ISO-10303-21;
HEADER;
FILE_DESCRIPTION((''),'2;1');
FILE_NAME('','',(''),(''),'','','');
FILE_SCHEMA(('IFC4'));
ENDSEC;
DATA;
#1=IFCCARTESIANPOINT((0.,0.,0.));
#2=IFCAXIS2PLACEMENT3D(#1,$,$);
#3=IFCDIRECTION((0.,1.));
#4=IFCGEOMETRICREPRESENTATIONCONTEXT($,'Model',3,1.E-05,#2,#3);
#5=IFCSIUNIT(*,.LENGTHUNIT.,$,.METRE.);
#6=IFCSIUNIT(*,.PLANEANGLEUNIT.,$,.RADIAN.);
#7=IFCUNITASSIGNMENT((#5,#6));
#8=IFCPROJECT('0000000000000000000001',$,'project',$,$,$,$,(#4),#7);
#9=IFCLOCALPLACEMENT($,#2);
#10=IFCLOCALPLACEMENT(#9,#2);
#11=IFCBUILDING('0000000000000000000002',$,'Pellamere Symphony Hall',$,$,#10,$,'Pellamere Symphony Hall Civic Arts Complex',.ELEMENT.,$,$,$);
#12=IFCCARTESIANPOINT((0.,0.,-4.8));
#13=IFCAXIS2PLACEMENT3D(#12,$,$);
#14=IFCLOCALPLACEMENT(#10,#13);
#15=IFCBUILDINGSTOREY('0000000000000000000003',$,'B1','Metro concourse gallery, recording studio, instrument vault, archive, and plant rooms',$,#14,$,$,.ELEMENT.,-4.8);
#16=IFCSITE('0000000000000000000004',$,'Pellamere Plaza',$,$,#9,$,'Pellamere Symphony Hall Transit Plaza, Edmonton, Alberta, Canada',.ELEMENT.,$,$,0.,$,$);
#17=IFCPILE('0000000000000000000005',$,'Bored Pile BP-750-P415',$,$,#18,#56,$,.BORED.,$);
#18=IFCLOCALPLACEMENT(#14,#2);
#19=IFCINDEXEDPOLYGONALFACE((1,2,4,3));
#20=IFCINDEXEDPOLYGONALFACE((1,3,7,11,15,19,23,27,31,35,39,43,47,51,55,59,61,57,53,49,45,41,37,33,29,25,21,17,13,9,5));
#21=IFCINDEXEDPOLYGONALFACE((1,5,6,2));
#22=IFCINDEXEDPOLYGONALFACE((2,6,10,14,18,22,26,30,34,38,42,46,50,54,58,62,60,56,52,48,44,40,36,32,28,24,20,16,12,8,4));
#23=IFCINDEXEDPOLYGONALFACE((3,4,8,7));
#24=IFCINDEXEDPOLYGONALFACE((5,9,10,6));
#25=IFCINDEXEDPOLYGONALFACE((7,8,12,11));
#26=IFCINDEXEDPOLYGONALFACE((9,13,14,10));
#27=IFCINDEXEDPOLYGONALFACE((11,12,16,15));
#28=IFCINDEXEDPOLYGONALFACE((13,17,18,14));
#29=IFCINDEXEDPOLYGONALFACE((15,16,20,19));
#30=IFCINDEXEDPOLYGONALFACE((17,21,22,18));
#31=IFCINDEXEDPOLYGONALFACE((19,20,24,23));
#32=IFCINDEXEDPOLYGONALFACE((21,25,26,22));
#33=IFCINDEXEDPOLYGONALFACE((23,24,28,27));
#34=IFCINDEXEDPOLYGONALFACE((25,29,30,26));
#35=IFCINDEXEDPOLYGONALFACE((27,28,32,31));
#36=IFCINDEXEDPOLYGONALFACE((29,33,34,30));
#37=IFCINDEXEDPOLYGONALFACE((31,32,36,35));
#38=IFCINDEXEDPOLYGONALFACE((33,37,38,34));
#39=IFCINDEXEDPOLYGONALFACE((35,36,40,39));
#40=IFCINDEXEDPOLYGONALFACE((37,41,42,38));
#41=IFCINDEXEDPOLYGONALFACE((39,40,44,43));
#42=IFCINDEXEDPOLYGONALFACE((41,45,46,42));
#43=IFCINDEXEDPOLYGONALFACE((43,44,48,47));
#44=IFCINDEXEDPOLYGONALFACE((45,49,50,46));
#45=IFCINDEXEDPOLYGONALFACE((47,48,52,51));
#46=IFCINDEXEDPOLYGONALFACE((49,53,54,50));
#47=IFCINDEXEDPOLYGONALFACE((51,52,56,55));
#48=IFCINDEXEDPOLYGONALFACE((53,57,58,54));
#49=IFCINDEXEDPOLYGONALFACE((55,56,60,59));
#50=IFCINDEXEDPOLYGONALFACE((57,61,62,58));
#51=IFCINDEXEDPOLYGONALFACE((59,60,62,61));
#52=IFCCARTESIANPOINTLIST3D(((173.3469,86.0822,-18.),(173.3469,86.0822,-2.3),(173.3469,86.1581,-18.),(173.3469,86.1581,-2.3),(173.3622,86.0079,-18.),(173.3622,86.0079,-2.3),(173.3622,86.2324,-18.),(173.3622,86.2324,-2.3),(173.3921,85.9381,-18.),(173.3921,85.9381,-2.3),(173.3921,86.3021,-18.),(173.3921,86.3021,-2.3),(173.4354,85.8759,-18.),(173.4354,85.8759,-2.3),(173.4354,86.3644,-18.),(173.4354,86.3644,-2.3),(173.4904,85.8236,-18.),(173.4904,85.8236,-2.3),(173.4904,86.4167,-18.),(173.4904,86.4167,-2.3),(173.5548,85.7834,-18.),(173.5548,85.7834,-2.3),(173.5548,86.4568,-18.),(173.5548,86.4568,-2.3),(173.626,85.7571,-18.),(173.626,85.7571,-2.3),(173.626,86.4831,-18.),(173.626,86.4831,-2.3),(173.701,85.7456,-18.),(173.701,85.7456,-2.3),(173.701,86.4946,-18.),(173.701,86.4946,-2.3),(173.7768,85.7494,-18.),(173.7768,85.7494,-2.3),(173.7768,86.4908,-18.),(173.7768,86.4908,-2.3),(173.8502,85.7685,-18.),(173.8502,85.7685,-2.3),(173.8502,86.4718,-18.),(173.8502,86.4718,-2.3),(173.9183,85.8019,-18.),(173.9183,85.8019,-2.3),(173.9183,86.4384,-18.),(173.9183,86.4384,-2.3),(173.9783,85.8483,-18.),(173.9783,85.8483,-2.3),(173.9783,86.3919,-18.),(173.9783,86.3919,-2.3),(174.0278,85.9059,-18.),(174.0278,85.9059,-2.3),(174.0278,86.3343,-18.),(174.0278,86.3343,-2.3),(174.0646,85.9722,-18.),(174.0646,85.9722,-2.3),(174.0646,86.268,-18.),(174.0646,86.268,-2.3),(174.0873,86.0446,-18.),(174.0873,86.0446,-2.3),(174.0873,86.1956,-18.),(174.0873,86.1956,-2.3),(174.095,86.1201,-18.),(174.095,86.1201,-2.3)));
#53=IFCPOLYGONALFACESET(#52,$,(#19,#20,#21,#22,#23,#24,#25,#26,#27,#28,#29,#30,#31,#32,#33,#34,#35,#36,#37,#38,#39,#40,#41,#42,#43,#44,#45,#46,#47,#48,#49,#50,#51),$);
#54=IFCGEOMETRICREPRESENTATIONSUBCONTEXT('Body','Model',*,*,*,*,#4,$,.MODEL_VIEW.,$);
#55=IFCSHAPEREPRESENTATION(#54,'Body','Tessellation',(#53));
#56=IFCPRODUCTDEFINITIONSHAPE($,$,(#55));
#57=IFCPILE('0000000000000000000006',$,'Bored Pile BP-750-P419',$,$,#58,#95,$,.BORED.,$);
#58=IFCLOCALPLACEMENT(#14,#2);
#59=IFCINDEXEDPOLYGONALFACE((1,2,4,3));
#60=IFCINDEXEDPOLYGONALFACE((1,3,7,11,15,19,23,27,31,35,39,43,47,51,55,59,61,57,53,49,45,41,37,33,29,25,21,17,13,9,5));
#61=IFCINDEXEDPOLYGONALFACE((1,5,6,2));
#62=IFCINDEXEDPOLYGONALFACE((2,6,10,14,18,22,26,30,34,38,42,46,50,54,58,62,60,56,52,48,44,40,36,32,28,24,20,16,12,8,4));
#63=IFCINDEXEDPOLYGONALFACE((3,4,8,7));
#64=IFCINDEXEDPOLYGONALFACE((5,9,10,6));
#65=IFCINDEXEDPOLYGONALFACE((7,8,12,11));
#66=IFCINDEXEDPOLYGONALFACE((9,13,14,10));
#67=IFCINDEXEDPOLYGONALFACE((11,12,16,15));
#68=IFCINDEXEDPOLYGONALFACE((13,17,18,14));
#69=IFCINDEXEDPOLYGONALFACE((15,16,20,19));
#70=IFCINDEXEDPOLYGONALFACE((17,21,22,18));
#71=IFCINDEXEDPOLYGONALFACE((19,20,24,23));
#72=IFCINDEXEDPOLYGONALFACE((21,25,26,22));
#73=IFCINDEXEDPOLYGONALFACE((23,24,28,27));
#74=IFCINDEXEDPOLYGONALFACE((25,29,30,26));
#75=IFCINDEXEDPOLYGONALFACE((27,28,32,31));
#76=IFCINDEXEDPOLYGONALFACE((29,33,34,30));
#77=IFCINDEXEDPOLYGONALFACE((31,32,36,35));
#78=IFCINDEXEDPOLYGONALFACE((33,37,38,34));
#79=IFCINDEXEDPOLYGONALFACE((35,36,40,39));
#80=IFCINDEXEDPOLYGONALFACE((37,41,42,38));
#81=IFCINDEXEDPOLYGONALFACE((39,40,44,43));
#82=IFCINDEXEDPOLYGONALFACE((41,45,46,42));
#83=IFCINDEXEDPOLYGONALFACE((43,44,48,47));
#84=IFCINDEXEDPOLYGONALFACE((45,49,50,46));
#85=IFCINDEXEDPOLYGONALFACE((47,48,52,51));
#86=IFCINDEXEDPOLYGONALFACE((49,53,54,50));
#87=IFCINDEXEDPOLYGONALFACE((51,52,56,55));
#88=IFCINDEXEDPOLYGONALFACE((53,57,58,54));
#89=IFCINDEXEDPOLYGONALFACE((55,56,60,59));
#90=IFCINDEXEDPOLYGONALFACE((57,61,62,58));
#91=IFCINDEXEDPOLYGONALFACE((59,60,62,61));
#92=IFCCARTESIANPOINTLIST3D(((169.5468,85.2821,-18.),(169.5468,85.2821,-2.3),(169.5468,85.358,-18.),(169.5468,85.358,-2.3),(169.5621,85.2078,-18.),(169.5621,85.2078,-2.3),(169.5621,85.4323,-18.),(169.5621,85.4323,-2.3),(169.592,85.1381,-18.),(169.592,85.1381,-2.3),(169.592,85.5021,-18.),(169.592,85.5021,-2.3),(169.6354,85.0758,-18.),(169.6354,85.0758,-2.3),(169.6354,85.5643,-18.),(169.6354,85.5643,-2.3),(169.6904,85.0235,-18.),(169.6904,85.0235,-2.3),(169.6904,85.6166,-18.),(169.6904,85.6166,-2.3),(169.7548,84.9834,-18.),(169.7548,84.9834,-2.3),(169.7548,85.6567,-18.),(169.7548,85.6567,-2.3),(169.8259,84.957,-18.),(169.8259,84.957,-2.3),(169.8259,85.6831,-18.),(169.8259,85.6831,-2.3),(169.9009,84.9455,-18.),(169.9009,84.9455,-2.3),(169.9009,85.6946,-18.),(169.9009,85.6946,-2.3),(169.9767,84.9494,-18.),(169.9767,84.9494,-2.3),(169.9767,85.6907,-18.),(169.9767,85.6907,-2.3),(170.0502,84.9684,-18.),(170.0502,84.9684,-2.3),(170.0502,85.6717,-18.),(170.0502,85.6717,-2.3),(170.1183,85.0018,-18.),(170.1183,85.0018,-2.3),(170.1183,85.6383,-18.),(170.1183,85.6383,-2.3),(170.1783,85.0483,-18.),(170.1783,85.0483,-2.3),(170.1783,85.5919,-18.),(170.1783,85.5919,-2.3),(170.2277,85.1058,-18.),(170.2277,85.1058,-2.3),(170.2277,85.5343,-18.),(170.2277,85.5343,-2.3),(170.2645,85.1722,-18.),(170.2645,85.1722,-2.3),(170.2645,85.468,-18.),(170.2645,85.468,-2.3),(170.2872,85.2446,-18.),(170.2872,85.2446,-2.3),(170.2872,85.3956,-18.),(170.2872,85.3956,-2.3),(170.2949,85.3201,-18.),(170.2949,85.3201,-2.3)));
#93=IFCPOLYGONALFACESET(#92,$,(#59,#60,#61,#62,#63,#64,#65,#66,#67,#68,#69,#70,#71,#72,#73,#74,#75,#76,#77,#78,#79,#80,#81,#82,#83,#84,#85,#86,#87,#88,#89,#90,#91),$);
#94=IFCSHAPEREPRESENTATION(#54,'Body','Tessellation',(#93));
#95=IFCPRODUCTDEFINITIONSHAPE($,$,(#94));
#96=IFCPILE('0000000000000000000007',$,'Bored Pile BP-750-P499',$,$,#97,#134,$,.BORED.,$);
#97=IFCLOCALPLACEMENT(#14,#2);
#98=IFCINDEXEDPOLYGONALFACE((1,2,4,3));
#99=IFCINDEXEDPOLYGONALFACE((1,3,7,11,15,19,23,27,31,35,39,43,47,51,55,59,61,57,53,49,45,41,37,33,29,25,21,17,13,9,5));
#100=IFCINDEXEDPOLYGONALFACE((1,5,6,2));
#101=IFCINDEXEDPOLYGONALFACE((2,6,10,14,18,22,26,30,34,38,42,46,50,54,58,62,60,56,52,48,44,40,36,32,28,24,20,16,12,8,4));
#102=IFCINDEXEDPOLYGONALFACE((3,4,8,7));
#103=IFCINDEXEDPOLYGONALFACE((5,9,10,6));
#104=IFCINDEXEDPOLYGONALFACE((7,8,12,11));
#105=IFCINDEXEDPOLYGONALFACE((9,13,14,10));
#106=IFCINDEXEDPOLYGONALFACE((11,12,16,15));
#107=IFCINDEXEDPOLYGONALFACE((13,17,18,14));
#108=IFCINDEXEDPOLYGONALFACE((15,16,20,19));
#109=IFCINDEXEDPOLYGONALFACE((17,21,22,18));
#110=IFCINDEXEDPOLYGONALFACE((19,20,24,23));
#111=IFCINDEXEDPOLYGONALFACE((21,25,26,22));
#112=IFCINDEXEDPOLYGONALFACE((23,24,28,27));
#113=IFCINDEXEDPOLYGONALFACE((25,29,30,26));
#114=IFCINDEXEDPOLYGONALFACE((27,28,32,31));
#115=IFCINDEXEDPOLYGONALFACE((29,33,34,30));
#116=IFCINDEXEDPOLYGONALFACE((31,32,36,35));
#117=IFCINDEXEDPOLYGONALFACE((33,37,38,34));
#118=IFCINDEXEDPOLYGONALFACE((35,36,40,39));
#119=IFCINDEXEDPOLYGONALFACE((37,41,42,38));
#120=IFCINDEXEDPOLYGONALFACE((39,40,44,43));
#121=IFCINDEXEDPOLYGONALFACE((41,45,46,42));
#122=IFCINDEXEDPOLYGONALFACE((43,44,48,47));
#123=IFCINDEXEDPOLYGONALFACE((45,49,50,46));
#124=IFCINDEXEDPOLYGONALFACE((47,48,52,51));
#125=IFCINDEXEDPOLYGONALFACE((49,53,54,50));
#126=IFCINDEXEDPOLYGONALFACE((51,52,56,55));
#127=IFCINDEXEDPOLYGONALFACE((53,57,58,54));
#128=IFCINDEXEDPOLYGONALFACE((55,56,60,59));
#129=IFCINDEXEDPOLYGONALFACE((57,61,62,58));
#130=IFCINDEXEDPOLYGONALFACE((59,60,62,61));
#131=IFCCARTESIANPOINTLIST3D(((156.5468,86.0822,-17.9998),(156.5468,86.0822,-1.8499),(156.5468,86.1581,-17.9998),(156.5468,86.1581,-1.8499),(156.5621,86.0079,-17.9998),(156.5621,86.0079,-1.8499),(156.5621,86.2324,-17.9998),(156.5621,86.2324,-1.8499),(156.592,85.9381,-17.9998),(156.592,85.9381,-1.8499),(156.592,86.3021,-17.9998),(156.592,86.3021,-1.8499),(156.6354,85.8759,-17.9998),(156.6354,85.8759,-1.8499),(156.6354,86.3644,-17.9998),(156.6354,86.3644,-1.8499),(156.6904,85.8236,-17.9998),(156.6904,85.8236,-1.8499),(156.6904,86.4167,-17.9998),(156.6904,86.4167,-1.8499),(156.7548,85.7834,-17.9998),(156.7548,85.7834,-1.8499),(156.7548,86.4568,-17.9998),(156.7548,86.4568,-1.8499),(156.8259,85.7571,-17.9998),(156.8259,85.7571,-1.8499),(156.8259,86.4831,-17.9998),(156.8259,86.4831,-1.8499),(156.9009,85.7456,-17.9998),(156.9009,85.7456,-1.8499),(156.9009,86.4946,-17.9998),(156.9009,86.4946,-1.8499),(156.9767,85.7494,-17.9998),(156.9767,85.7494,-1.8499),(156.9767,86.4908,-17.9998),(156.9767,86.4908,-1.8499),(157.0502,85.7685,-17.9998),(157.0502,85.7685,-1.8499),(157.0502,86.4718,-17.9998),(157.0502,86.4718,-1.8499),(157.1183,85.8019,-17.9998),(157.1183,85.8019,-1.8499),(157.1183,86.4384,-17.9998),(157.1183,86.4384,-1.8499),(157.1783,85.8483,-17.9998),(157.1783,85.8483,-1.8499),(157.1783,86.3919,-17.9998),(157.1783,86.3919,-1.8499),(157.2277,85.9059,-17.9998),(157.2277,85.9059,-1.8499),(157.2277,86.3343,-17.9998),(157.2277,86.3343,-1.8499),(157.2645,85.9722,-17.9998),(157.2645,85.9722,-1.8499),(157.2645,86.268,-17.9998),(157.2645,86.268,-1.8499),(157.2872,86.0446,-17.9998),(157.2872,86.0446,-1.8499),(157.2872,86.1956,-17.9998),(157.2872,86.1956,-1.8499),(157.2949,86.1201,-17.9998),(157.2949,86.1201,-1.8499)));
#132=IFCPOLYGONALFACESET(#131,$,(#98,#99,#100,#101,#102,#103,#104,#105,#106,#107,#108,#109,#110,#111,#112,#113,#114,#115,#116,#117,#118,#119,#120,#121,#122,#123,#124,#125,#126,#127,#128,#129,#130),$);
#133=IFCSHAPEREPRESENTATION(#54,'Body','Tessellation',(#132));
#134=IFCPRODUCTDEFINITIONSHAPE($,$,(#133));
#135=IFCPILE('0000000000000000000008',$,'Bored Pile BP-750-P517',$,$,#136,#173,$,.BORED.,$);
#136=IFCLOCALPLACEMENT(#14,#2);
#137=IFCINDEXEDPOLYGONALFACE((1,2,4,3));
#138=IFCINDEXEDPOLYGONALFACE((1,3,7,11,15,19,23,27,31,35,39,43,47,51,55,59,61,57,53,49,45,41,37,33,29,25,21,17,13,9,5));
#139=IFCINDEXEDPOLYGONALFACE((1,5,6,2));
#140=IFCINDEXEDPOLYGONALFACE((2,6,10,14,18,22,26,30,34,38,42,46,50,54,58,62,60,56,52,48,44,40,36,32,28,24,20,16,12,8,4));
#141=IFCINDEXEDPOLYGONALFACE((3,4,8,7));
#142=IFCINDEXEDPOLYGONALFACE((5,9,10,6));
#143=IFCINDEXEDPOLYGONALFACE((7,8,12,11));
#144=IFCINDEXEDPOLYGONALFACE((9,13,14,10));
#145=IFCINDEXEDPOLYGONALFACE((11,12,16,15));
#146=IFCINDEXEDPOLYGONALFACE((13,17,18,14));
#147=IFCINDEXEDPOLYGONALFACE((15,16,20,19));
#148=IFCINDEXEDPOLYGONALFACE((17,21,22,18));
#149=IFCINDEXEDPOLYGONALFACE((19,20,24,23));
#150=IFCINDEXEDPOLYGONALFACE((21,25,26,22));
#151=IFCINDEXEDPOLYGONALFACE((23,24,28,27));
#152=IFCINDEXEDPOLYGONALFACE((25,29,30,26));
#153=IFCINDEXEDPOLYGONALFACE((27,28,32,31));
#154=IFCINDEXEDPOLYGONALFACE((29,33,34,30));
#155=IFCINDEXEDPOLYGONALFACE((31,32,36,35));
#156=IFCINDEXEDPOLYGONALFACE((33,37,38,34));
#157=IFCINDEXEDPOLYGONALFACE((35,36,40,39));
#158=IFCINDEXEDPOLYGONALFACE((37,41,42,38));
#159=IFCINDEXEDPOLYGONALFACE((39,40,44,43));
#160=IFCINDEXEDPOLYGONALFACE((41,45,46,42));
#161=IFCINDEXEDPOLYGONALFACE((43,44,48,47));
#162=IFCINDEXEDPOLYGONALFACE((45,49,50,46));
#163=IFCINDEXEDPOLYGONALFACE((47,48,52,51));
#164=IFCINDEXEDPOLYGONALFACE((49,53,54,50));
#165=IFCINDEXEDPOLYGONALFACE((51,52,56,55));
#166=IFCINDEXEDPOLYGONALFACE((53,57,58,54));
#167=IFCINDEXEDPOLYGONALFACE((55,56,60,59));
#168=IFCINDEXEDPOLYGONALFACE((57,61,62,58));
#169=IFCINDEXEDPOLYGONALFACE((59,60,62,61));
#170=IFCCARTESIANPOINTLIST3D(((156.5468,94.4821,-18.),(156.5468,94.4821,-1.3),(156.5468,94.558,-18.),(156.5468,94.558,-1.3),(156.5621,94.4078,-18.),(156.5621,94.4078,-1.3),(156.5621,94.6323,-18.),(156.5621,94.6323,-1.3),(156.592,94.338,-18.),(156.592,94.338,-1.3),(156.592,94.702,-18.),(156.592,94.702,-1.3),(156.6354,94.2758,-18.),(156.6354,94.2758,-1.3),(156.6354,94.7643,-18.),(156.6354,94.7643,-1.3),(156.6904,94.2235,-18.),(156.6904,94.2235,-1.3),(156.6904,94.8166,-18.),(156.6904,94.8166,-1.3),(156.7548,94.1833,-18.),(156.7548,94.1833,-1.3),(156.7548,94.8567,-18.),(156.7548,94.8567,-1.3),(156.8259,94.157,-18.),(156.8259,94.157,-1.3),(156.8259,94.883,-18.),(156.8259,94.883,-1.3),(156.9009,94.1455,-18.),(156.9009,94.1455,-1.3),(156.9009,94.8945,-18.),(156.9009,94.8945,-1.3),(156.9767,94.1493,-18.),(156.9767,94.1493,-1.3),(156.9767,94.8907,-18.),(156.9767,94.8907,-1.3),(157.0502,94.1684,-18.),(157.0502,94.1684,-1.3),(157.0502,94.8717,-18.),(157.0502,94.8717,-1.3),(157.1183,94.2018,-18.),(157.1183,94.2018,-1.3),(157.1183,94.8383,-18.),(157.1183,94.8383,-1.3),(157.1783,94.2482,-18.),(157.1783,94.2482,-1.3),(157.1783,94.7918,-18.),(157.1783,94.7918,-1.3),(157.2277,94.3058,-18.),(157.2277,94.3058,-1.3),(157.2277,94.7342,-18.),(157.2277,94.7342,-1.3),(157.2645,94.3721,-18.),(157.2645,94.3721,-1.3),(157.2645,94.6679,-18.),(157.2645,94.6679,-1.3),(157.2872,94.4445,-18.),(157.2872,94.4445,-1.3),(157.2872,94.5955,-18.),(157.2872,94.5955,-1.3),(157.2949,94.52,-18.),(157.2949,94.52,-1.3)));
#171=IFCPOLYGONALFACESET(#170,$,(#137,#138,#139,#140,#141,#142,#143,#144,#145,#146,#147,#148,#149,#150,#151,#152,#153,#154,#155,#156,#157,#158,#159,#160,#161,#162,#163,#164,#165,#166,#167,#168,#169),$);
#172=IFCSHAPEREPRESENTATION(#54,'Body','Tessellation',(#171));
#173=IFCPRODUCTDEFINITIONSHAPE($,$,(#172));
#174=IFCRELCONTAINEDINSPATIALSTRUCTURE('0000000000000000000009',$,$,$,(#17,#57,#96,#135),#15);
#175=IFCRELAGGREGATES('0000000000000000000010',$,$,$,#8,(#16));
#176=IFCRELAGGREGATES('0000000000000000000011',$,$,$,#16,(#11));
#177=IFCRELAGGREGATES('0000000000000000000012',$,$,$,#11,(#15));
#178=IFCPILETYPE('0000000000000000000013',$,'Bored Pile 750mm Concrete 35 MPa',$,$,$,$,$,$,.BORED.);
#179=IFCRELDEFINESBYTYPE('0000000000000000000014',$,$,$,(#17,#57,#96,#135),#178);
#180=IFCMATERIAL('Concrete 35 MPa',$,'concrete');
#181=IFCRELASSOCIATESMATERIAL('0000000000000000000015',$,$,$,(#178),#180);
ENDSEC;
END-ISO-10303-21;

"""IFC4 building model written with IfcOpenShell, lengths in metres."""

from ifc_helpers import new_model, si_unit, direction, frame, origin, origin_2d, place, context, subcontext, project, spatial, circle, extrude, material, material_profile, profile_set, type_object, element, save


model = new_model("IFC4")

# Units and contexts
model_context = context("Model", 3, precision=1e-05, world=origin(), true_north=direction((0.0, 1.0)))
body_context = subcontext(model_context, "Body", "Model", "MODEL_VIEW")
ifc_project = project(units=[si_unit("LENGTHUNIT", "METRE"), si_unit("PLANEANGLEUNIT", "RADIAN")], contexts=[model_context])

# Site, building, storey
site_placement = place(None, origin())
site = spatial("IfcSite", under=ifc_project, at=site_placement, Name="Pellamere Plaza", LongName="Pellamere Symphony Hall Transit Plaza, Edmonton, Alberta, Canada", CompositionType="ELEMENT", RefElevation=0.0)
building_placement = place(site_placement, origin())
building = spatial("IfcBuilding", under=site, at=building_placement, Name="Pellamere Symphony Hall", LongName="Pellamere Symphony Hall Civic Arts Complex", CompositionType="ELEMENT")
storey_placement = place(building_placement, frame((0.0, 0.0, -4.8)))
storey = spatial("IfcBuildingStorey", under=building, at=storey_placement, Name="B1", Description="Metro concourse gallery, recording studio, instrument vault, archive, and plant rooms", CompositionType="ELEMENT", Elevation=-4.8)

# Piles
ifc_material_1 = material(Name="Concrete 35 MPa", Category="concrete")
ifc_material_profile_1 = material_profile(ifc_material_1, circle(Radius=0.375, at=origin_2d()), Name="PILE D750")
ifc_profile_set_1 = profile_set([ifc_material_profile_1], Name="Concrete 35 MPa")
pile_type = type_object("IfcPileType", Name="Bored Pile 750mm Concrete 35 MPa", PredefinedType="BORED", material=ifc_profile_set_1)
for number, where, z_axis, x_axis, name in (
    (1, (173.72, 86.1201, -2.3), (0.0, 0.0, -1.0), (1.0, 0.0, 0.0), "Bored Pile BP-750-P415"),
    (2, (169.9199, 85.3201, -2.3), (0.0, 0.0, -1.0), (1.0, 0.0, 0.0), "Bored Pile BP-750-P419"),
):
    element("IfcPile", number, at=place(storey_placement, frame(where, z_axis=z_axis, x_axis=x_axis)), inside=storey, type_object=pile_type, Name=name, PredefinedType="BORED", context=body_context, shape_type="SweptSolid", body=[
        extrude(circle(Radius=0.375, at=origin_2d()), origin(), (0.0, 0.0, 1.0), 15.7),
    ])
pile_1_placement = place(storey_placement, frame((156.9199, 86.1201, -1.8499), z_axis=(0.0, 0.0, -1.0), x_axis=(1.0, 0.0, 0.0)))
element("IfcPile", 3, at=pile_1_placement, inside=storey, type_object=pile_type, Name="Bored Pile BP-750-P499", PredefinedType="BORED", context=body_context, shape_type="SweptSolid", body=[
    extrude(circle(Radius=0.375, at=origin_2d()), origin(), (0.0, 0.0, 1.0), 16.1499),
])
pile_2_placement = place(storey_placement, frame((156.9199, 94.52, -1.3), z_axis=(0.0, 0.0, -1.0), x_axis=(1.0, 0.0, 0.0)))
element("IfcPile", 4, at=pile_2_placement, inside=storey, type_object=pile_type, Name="Bored Pile BP-750-P517", PredefinedType="BORED", context=body_context, shape_type="SweptSolid", body=[
    extrude(circle(Radius=0.375, at=origin_2d()), origin(), (0.0, 0.0, 1.0), 16.7),
])

save(model, "model.ifc")
